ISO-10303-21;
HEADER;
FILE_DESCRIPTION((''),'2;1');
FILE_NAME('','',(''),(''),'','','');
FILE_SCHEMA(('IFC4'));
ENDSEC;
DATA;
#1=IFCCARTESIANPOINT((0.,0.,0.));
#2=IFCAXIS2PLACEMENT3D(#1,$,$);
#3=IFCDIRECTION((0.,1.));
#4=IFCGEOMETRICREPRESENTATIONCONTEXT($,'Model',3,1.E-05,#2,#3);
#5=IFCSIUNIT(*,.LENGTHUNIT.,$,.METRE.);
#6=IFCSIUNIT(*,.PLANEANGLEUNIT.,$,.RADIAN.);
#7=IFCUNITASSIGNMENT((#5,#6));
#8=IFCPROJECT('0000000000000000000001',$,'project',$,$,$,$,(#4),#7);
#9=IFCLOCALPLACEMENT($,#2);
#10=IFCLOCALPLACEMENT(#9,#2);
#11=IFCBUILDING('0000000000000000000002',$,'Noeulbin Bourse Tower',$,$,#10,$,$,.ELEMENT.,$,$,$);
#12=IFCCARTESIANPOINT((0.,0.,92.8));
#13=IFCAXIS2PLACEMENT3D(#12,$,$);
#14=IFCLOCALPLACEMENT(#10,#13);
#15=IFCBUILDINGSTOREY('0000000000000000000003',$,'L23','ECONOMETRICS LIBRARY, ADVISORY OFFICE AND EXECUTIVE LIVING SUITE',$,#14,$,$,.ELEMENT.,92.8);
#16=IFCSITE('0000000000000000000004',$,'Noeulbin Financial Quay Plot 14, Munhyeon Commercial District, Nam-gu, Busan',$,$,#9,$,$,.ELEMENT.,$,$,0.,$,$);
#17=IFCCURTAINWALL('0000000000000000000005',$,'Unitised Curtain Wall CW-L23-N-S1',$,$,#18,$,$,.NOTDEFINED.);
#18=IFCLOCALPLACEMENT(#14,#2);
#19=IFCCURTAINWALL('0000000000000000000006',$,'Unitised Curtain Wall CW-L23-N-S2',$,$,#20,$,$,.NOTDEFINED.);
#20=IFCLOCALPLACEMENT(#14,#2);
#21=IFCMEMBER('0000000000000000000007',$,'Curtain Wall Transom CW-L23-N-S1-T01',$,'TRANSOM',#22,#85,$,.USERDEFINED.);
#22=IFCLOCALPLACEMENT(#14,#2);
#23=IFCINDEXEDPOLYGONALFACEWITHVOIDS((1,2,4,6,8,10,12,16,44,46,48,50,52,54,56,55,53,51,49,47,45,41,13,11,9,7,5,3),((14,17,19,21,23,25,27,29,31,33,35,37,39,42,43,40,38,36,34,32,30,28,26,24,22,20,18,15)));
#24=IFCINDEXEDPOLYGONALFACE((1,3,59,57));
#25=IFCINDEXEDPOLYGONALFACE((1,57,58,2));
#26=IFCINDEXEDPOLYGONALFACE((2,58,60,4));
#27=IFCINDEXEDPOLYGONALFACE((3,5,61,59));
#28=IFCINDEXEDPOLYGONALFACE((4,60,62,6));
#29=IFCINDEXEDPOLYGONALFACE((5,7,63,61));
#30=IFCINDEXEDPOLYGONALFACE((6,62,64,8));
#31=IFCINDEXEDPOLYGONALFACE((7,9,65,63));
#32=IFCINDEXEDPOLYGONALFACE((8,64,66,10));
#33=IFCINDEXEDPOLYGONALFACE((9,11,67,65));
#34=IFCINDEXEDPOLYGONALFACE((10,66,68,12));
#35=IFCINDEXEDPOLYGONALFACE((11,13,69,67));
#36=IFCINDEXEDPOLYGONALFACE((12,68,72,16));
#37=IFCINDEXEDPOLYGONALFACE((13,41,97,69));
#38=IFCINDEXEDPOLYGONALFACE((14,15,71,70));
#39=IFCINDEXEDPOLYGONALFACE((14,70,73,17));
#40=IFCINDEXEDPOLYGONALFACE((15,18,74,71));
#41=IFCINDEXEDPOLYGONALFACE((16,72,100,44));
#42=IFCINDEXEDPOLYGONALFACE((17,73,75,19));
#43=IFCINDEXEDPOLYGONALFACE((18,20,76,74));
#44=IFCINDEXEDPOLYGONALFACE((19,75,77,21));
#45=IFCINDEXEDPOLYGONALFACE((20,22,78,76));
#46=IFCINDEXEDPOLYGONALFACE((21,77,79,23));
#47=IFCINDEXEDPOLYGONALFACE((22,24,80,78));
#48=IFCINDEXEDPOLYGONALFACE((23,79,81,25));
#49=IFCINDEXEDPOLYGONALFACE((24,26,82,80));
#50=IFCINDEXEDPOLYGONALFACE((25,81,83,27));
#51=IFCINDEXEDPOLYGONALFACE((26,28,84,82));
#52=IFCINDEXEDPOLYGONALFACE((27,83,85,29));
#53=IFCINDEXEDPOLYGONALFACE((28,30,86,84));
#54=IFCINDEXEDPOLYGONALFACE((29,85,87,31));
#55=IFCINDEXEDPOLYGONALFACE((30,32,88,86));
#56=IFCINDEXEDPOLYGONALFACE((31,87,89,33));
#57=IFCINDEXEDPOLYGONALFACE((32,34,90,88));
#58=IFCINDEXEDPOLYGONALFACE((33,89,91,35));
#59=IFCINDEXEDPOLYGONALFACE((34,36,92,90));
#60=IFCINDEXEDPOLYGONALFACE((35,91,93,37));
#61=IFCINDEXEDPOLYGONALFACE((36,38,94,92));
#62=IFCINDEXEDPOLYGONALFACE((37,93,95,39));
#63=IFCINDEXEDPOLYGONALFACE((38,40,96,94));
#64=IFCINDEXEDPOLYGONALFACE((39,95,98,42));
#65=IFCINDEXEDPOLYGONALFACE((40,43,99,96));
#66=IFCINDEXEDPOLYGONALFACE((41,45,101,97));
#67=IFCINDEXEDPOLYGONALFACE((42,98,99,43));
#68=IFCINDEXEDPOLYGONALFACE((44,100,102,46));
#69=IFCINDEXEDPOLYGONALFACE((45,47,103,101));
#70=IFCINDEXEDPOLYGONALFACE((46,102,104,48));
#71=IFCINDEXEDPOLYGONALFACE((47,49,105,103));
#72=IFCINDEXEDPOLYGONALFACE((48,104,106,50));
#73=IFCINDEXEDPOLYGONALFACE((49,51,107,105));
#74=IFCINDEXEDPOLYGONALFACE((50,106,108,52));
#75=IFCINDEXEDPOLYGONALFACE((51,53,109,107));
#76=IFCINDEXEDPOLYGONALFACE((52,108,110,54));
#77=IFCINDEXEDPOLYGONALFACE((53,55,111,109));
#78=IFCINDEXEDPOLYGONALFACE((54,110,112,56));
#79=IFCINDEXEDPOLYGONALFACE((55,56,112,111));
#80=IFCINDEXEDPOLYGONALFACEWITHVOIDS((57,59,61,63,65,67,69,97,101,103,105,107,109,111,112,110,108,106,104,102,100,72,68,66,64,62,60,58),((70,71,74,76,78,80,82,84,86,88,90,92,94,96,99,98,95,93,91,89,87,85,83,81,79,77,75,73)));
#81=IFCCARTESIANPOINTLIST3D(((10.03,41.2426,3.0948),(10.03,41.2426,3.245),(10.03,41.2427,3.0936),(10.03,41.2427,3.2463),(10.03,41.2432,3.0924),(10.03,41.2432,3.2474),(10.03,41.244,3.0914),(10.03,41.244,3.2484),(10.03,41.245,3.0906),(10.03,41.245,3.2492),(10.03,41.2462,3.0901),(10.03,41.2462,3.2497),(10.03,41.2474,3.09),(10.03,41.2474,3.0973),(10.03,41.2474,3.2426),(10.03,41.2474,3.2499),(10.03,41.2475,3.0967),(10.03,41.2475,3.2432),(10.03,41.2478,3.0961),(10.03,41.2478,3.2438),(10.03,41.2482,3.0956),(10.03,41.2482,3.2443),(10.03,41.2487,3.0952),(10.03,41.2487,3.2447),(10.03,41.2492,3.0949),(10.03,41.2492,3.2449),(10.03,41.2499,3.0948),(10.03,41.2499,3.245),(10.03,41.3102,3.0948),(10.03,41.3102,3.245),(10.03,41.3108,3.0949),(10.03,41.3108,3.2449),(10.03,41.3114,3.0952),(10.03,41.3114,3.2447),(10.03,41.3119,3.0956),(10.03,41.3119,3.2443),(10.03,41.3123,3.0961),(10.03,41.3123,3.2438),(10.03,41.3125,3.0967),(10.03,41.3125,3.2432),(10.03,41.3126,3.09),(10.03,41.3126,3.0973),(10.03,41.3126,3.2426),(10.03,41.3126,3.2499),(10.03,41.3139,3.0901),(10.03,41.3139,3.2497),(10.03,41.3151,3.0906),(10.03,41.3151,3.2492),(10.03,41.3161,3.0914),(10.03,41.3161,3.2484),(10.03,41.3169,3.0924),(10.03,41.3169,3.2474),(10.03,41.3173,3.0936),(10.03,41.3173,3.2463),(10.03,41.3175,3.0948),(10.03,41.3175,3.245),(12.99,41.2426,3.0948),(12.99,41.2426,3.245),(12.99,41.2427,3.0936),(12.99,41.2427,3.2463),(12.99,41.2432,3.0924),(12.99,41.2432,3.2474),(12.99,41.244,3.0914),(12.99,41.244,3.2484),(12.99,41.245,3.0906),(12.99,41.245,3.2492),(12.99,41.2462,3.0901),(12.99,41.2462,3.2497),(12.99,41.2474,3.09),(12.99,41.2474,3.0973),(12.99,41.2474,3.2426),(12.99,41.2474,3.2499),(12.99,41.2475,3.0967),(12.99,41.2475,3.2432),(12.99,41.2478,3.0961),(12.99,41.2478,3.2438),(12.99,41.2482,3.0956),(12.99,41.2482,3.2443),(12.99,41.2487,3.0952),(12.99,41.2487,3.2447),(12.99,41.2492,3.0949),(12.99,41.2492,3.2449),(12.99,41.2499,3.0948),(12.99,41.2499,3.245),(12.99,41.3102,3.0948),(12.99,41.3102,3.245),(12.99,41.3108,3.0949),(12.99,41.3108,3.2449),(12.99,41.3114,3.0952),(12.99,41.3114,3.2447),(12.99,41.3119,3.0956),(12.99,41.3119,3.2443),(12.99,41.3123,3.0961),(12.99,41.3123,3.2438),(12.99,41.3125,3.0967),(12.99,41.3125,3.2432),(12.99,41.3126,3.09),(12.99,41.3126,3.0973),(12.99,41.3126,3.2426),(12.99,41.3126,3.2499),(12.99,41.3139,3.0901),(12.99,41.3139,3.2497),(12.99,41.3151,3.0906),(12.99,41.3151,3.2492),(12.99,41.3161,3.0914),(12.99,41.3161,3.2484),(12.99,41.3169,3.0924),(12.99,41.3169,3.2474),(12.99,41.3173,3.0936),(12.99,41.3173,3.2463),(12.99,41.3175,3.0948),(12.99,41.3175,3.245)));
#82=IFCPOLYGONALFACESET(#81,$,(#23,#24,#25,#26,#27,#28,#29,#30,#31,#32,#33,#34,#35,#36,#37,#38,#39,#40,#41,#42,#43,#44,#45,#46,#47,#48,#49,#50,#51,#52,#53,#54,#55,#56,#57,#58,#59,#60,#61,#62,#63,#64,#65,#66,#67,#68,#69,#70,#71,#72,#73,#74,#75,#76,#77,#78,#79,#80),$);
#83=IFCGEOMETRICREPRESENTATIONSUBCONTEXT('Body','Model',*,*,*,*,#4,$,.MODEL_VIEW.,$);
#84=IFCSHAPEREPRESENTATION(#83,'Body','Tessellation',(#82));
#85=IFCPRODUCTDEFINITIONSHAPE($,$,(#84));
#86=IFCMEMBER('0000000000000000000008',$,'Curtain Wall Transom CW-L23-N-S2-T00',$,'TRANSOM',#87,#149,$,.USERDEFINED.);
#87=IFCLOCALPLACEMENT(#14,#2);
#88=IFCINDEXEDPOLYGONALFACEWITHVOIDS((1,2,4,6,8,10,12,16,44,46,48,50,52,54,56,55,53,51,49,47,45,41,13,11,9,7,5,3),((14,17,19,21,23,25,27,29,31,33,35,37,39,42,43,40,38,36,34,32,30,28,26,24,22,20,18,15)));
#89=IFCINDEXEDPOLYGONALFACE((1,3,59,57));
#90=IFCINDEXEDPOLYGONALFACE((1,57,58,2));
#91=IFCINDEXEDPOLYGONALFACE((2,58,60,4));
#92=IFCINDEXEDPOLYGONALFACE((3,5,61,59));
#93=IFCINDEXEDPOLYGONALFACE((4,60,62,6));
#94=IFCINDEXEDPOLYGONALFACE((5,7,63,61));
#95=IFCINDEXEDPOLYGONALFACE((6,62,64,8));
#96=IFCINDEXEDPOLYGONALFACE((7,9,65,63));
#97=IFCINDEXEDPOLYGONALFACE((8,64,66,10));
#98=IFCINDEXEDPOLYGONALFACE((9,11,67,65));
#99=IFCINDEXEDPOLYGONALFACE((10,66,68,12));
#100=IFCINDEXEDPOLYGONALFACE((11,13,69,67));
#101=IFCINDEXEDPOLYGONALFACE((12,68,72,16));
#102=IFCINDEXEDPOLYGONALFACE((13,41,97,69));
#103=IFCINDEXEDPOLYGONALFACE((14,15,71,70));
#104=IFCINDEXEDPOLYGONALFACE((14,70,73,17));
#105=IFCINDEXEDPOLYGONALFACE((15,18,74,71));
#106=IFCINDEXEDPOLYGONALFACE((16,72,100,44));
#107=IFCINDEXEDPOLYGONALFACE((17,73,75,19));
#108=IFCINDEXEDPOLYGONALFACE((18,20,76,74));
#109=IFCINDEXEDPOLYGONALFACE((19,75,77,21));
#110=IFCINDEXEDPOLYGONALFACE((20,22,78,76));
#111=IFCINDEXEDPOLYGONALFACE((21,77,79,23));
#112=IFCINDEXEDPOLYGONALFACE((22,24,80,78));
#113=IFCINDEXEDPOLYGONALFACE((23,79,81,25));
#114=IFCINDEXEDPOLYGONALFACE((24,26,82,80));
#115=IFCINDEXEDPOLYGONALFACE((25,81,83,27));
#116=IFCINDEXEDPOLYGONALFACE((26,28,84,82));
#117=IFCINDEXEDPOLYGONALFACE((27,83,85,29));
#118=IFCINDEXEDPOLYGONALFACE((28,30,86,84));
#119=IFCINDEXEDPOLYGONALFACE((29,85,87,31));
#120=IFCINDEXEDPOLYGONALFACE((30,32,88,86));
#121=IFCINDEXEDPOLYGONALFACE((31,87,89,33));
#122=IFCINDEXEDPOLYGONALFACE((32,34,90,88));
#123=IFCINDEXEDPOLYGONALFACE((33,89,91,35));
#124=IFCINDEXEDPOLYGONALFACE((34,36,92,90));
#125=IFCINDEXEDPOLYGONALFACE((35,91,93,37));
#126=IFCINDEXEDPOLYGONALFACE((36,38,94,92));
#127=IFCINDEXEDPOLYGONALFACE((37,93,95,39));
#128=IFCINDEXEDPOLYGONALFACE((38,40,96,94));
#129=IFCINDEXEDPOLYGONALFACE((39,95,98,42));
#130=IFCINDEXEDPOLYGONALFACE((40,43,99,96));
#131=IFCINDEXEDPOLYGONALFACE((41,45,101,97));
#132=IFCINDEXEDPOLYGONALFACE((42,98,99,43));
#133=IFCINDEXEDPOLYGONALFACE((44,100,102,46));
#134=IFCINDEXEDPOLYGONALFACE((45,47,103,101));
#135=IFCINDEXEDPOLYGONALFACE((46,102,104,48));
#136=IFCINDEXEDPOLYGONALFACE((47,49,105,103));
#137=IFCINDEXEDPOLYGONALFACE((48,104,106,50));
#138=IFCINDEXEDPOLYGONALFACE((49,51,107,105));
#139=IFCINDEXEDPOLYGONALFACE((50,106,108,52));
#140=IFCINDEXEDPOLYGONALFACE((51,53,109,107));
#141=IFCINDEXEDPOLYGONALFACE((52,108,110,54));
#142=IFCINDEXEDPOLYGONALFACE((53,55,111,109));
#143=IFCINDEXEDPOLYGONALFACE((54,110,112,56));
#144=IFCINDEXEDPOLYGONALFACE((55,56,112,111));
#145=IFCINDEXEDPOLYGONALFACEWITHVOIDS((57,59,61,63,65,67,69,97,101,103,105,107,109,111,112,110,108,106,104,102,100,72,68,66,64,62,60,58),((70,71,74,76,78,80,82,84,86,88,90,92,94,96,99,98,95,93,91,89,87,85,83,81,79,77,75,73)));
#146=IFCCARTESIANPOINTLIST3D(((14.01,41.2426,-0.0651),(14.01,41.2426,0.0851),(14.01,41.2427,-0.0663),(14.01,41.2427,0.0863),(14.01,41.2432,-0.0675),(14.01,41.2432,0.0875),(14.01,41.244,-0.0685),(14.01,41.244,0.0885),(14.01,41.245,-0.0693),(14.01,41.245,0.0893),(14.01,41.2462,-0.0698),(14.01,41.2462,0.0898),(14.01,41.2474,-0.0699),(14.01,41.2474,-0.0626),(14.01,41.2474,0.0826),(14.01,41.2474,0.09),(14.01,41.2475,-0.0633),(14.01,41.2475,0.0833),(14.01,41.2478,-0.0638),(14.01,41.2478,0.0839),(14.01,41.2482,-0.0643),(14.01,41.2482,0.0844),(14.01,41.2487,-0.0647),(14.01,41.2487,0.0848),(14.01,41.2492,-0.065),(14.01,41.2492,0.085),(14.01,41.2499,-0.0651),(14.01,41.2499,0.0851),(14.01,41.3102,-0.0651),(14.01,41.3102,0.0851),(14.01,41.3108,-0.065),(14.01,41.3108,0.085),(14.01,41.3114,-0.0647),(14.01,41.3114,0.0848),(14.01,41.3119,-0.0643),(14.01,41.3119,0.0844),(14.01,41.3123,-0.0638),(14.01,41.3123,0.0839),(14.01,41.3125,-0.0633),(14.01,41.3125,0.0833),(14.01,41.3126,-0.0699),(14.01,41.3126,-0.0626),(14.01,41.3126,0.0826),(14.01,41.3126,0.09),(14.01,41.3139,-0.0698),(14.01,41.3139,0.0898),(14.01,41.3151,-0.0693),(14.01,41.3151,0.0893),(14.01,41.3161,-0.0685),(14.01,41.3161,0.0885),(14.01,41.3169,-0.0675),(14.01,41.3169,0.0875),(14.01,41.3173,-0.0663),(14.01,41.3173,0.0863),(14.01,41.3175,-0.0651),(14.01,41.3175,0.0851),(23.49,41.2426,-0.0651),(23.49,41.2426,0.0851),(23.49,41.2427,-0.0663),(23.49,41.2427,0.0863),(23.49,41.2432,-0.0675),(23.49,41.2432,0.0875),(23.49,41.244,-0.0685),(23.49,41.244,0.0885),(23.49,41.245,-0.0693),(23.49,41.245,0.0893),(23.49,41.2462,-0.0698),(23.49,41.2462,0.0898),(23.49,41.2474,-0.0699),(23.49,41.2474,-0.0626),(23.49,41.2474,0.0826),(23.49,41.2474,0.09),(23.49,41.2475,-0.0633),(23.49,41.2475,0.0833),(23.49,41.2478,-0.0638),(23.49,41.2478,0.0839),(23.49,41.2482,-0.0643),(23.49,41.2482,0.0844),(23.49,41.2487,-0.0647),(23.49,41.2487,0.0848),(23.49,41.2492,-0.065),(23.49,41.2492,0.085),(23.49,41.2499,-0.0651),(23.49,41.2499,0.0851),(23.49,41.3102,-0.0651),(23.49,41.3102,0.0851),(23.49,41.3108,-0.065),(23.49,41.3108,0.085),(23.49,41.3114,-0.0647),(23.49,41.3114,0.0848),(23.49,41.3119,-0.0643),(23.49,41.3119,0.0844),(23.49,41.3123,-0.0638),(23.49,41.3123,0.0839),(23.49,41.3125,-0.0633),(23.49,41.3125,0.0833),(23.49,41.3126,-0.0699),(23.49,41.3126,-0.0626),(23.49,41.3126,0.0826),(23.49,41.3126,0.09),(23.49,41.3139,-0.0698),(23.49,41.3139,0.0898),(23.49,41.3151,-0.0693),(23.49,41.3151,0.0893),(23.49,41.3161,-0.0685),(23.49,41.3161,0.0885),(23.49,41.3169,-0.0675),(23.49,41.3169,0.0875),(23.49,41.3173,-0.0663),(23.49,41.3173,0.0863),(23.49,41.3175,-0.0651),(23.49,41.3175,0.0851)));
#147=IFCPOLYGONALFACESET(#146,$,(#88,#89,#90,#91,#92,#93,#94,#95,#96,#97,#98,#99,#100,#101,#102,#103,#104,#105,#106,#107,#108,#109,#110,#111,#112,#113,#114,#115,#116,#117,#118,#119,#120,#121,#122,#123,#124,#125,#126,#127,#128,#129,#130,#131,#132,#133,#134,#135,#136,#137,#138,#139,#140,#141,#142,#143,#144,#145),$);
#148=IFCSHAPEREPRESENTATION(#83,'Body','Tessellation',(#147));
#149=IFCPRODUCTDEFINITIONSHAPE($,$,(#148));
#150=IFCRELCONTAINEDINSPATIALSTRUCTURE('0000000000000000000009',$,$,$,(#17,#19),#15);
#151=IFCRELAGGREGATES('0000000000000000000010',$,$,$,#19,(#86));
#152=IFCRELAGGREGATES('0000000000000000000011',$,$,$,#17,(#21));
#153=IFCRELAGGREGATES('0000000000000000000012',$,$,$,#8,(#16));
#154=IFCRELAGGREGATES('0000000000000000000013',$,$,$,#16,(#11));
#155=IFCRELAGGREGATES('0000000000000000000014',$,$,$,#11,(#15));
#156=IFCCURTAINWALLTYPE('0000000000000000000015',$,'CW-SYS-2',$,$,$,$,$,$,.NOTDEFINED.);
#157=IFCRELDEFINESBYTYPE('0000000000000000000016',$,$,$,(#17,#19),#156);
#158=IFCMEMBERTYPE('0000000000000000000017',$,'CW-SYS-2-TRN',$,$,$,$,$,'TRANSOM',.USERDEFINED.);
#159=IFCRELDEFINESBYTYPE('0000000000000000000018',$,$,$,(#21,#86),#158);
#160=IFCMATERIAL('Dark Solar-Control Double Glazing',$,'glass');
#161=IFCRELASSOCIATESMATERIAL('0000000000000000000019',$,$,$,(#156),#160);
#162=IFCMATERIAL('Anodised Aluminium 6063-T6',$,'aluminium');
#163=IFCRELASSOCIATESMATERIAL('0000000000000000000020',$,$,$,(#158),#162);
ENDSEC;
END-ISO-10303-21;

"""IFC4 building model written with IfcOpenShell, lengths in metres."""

from ifc_helpers import new_model, si_unit, direction, frame, origin, origin_2d, place, context, subcontext, project, spatial, hollow_rectangle, extrude, material, material_profile, profile_set, type_object, element, aggregate, save


model = new_model("IFC4")

# Units and contexts
model_context = context("Model", 3, precision=1e-05, world=origin(), true_north=direction((0.0, 1.0)))
body_context = subcontext(model_context, "Body", "Model", "MODEL_VIEW")
ifc_project = project(units=[si_unit("LENGTHUNIT", "METRE"), si_unit("PLANEANGLEUNIT", "RADIAN")], contexts=[model_context])

# Site, building, storey
site_placement = place(None, origin())
site = spatial("IfcSite", under=ifc_project, at=site_placement, Name="Noeulbin Financial Quay Plot 14, Munhyeon Commercial District, Nam-gu, Busan", CompositionType="ELEMENT", RefElevation=0.0)
building_placement = place(site_placement, origin())
building = spatial("IfcBuilding", under=site, at=building_placement, Name="Noeulbin Bourse Tower", CompositionType="ELEMENT")
storey_placement = place(building_placement, frame((0.0, 0.0, 92.8)))
storey = spatial("IfcBuildingStorey", under=building, at=storey_placement, Name="L23", Description="ECONOMETRICS LIBRARY, ADVISORY OFFICE AND EXECUTIVE LIVING SUITE", CompositionType="ELEMENT", Elevation=92.8)

# Curtain wall
ifc_material_1 = material(Name="Dark Solar-Control Double Glazing", Category="glass")
curtain_wall_type = type_object("IfcCurtainWallType", Name="CW-SYS-2", PredefinedType="NOTDEFINED", material=ifc_material_1)
curtain_wall_1_placement = place(storey_placement, origin())
curtain_wall_1 = element("IfcCurtainWall", 1, at=curtain_wall_1_placement, inside=storey, type_object=curtain_wall_type, Name="Unitised Curtain Wall CW-L23-N-S1", PredefinedType="NOTDEFINED")
ifc_material_2 = material(Name="Anodised Aluminium 6063-T6", Category="aluminium")

# Curtain wall
curtain_wall_2_placement = place(storey_placement, origin())
curtain_wall_2 = element("IfcCurtainWall", 2, at=curtain_wall_2_placement, inside=storey, type_object=curtain_wall_type, Name="Unitised Curtain Wall CW-L23-N-S2", PredefinedType="NOTDEFINED")

# Members
ifc_material_profile_1 = material_profile(ifc_material_2, hollow_rectangle(XDim=0.075, YDim=0.1599, WallThickness=0.0049, InnerFilletRadius=0.0024, OuterFilletRadius=0.0049, at=origin_2d()), Name="ALU-TRAN-75x160x5", Category="LoadBearing")
ifc_profile_set_1 = profile_set([ifc_material_profile_1], Name="Anodised Aluminium 6063-T6")
member_type_1 = type_object("IfcMemberType", Name="CW-SYS-2-TRN", ElementType="TRANSOM", PredefinedType="USERDEFINED", material=ifc_profile_set_1)
member_1_placement = place(storey_placement, frame((10.03, 41.28, 3.1699), z_axis=(1.0, 0.0, 0.0), x_axis=(0.0, 1.0, 0.0)))
member_1 = element("IfcMember", 3, at=member_1_placement, type_object=member_type_1, Name="Curtain Wall Transom CW-L23-N-S1-T01", ObjectType="TRANSOM", PredefinedType="USERDEFINED", context=body_context, shape_type="SweptSolid", body=[
    extrude(hollow_rectangle(XDim=0.075, YDim=0.1599, WallThickness=0.0049, InnerFilletRadius=0.0024, OuterFilletRadius=0.0049, at=origin_2d()), origin(), (0.0, 0.0, 1.0), 2.96),
])
member_2_placement = place(storey_placement, frame((14.01, 41.28, 0.01), z_axis=(1.0, 0.0, 0.0), x_axis=(0.0, 1.0, 0.0)))
member_2 = element("IfcMember", 4, at=member_2_placement, type_object=member_type_1, Name="Curtain Wall Transom CW-L23-N-S2-T00", ObjectType="TRANSOM", PredefinedType="USERDEFINED", context=body_context, shape_type="SweptSolid", body=[
    extrude(hollow_rectangle(XDim=0.075, YDim=0.1599, WallThickness=0.0049, InnerFilletRadius=0.0024, OuterFilletRadius=0.0049, at=origin_2d()), origin(), (0.0, 0.0, 1.0), 9.48),
])
aggregate(curtain_wall_2, [member_2])

aggregate(curtain_wall_1, [member_1])

save(model, "model.ifc")
